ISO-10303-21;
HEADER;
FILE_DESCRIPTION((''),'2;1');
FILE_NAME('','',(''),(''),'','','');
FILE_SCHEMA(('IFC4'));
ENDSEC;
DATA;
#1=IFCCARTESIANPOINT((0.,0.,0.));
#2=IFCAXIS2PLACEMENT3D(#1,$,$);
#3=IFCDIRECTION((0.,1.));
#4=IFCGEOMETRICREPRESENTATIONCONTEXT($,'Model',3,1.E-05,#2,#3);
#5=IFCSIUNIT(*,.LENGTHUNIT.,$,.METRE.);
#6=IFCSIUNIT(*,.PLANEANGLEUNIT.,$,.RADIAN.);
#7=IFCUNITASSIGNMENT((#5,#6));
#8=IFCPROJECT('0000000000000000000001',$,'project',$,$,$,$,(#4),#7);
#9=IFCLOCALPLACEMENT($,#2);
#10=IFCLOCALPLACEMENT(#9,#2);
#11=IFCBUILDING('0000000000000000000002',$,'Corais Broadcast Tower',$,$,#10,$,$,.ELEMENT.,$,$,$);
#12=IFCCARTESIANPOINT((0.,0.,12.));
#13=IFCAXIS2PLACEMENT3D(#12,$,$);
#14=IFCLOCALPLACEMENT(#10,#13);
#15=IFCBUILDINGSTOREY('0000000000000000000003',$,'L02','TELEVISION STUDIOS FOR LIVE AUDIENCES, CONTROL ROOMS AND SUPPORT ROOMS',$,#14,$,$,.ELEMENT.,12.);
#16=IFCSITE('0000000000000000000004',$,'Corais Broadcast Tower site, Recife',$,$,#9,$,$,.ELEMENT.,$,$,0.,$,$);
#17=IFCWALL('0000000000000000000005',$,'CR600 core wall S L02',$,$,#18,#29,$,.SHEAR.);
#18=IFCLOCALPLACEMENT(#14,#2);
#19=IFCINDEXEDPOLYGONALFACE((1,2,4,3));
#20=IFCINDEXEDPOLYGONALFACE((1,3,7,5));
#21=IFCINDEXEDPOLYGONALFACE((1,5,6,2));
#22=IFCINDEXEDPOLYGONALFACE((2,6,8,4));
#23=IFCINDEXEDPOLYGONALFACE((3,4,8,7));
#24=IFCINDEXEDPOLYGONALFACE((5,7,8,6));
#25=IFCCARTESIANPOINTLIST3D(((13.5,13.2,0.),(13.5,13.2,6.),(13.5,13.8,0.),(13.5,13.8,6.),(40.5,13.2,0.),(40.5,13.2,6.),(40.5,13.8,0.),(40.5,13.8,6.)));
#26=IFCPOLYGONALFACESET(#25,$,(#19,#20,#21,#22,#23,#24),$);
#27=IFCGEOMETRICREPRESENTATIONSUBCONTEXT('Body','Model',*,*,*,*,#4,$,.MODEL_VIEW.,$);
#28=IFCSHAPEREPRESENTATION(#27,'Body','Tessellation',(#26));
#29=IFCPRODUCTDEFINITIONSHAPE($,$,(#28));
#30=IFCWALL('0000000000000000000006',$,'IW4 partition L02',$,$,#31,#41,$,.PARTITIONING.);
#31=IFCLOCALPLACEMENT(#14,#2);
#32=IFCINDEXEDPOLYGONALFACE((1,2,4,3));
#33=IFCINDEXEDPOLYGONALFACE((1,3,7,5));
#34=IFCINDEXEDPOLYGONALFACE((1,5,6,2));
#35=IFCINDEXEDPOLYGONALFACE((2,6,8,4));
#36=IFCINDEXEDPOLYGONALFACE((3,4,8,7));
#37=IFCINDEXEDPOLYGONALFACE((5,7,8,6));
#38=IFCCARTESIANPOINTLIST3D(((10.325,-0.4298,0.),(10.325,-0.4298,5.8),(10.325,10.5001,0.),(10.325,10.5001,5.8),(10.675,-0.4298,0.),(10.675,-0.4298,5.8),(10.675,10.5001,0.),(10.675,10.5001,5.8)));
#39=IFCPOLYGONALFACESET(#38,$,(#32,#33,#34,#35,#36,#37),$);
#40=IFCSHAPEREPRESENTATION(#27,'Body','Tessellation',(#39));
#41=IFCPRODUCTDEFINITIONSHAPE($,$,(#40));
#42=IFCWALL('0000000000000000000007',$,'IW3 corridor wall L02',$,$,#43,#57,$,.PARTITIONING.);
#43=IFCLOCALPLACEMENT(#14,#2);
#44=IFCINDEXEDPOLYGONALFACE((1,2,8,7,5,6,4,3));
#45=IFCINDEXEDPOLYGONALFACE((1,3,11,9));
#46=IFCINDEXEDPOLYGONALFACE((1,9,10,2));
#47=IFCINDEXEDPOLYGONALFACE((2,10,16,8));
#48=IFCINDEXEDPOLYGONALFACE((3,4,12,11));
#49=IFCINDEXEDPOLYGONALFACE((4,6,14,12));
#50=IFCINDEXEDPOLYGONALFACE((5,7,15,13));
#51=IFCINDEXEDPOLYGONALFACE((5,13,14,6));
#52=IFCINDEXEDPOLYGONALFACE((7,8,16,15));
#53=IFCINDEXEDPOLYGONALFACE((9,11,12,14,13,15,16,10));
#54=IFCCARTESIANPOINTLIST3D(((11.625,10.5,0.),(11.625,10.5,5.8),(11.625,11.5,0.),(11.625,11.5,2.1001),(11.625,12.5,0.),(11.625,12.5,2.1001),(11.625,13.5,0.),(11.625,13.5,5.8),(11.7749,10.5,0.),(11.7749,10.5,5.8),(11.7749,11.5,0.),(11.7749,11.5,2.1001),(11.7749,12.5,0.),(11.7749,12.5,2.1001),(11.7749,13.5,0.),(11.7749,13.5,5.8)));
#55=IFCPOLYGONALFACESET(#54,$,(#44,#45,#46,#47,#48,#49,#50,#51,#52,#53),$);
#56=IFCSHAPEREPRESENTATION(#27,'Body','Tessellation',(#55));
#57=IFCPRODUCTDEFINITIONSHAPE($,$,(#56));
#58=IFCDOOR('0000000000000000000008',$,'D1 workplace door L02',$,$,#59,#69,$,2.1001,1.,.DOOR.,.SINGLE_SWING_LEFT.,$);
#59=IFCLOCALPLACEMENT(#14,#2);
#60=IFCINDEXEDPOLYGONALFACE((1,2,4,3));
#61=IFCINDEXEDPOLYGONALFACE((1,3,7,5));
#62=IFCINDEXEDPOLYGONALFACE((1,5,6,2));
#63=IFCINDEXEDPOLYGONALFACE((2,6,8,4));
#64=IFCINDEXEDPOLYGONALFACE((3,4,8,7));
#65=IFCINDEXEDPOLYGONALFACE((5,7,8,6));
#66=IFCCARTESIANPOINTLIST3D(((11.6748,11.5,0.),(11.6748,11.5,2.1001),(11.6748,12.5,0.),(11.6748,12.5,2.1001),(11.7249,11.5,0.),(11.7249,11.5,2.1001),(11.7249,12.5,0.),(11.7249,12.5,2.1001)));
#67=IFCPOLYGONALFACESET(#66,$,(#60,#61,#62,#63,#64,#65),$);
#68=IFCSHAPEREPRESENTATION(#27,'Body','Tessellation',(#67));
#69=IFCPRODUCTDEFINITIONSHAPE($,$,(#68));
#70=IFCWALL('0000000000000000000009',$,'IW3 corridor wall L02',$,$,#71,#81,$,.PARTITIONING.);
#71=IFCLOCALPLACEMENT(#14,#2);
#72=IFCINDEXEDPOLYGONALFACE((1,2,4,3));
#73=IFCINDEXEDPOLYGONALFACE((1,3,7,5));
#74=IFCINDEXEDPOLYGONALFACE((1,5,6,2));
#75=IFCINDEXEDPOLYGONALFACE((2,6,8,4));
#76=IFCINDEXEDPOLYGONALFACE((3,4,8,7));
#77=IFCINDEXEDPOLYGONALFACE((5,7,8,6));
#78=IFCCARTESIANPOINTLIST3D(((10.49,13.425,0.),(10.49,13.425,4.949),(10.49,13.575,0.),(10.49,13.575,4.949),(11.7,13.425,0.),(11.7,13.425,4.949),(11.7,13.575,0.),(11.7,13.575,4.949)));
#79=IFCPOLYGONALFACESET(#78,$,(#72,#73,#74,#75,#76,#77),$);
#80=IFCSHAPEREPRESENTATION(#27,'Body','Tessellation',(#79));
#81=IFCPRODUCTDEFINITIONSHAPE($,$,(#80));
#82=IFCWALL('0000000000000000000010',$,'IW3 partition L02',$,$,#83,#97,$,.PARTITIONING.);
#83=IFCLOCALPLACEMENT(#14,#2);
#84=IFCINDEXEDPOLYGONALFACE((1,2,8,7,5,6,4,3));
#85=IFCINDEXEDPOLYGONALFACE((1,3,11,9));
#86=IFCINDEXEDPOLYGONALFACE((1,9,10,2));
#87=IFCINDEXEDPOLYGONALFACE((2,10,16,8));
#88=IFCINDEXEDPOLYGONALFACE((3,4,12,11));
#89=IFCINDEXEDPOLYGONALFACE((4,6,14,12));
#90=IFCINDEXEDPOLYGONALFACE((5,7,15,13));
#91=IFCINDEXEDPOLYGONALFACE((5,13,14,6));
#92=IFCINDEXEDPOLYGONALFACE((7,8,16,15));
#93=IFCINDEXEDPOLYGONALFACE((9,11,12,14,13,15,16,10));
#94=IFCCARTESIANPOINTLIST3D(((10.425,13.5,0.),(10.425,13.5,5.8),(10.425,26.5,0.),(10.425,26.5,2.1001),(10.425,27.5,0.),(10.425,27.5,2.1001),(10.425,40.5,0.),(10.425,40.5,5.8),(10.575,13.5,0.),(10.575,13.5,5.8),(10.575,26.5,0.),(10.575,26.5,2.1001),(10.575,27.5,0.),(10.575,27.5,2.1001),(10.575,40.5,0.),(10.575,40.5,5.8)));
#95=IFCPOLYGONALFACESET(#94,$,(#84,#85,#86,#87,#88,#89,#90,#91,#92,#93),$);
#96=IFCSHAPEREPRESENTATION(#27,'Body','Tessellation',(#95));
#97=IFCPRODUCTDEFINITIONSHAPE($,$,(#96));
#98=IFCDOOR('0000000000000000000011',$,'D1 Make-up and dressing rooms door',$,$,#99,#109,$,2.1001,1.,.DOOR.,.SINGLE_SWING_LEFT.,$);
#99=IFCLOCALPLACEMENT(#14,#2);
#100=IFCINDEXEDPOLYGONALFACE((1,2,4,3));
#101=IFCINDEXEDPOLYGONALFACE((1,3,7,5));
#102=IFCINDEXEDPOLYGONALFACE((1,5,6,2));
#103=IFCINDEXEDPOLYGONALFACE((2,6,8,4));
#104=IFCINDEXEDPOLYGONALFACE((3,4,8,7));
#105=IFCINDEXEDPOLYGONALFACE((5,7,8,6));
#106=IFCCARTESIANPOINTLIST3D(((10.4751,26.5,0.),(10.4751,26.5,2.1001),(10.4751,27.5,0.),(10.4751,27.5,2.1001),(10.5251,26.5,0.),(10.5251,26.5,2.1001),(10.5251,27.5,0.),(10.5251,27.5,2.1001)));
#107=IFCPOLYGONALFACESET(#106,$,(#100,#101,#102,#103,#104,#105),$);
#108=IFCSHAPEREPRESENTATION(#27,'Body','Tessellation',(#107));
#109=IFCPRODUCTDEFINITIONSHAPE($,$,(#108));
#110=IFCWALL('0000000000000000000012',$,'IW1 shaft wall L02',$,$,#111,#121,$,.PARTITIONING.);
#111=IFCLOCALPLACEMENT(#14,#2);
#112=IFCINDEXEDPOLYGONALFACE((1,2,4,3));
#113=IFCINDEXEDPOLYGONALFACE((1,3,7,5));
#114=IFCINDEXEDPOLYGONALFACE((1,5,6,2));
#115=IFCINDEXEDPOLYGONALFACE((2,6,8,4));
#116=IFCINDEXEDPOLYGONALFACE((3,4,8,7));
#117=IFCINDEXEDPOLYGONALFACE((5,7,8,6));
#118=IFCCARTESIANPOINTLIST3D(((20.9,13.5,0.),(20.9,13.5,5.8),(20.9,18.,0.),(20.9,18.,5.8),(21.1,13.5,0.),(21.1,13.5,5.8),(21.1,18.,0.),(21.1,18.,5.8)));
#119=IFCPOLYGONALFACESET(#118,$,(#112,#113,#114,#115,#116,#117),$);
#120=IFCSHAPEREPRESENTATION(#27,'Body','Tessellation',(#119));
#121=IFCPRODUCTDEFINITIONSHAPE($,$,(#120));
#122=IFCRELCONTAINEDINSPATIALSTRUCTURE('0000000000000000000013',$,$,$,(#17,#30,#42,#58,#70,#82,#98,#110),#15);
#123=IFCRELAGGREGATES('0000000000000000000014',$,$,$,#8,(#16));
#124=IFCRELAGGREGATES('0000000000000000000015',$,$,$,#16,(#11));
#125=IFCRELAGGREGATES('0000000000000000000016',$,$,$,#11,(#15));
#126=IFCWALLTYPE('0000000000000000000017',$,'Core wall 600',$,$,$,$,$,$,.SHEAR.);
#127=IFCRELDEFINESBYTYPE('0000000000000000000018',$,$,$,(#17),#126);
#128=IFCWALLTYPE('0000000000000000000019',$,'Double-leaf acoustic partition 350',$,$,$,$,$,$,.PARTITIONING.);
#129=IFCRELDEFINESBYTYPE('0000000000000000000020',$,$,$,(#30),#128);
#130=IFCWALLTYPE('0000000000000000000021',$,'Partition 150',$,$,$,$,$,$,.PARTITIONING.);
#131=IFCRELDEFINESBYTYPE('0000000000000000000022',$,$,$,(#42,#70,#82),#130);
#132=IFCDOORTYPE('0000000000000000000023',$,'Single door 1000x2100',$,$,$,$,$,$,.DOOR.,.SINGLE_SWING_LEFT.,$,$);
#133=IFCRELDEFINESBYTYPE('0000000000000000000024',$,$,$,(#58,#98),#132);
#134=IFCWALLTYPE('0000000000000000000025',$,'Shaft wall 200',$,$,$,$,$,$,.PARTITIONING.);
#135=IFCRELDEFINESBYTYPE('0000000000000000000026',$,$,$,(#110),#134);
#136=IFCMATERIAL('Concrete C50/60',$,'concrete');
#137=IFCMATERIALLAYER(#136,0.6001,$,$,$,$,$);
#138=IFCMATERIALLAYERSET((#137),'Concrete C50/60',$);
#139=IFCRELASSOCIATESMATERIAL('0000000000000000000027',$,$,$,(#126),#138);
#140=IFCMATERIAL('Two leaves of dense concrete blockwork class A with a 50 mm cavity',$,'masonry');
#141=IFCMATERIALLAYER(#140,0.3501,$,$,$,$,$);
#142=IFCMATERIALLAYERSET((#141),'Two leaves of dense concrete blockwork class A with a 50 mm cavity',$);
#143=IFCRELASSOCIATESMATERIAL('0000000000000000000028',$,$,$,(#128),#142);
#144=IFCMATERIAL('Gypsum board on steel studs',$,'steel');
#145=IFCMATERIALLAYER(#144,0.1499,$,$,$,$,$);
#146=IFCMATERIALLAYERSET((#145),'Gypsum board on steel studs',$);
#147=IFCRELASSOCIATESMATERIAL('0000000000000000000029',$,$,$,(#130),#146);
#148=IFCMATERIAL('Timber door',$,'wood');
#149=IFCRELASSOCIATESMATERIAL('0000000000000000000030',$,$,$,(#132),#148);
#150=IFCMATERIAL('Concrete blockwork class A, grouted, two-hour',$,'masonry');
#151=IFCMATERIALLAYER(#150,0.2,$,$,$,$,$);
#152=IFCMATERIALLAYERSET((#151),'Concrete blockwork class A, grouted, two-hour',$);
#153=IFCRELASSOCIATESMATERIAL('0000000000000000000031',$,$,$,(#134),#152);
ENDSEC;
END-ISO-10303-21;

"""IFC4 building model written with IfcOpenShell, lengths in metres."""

from ifc_helpers import new_model, si_unit, direction, frame, frame_2d, origin, place, context, subcontext, project, spatial, rectangle, extrude, material, layer, layer_set, type_object, element, fill, save


model = new_model("IFC4")

# Units and contexts
model_context = context("Model", 3, precision=1e-05, world=origin(), true_north=direction((0.0, 1.0)))
body_context = subcontext(model_context, "Body", "Model", "MODEL_VIEW")
ifc_project = project(units=[si_unit("LENGTHUNIT", "METRE"), si_unit("PLANEANGLEUNIT", "RADIAN")], contexts=[model_context])

# Site, building, storey
site_placement = place(None, origin())
site = spatial("IfcSite", under=ifc_project, at=site_placement, Name="Corais Broadcast Tower site, Recife", CompositionType="ELEMENT", RefElevation=0.0)
building_placement = place(site_placement, origin())
building = spatial("IfcBuilding", under=site, at=building_placement, Name="Corais Broadcast Tower", CompositionType="ELEMENT")
storey_placement = place(building_placement, frame((0.0, 0.0, 12.0)))
storey = spatial("IfcBuildingStorey", under=building, at=storey_placement, Name="L02", Description="TELEVISION STUDIOS FOR LIVE AUDIENCES, CONTROL ROOMS AND SUPPORT ROOMS", CompositionType="ELEMENT", Elevation=12.0)

# Walls
ifc_material_1 = material(Name="Concrete C50/60", Category="concrete")
ifc_layer_1 = layer(ifc_material_1, 0.6001)
ifc_layer_set_1 = layer_set([ifc_layer_1], Name="Concrete C50/60")
wall_type_1 = type_object("IfcWallType", Name="Core wall 600", PredefinedType="SHEAR", material=ifc_layer_set_1)
wall_1_placement = place(storey_placement, frame((13.5, 13.5, 0.0), z_axis=(0.0, 0.0, 1.0), x_axis=(1.0, 0.0, 0.0)))
element("IfcWall", 1, at=wall_1_placement, inside=storey, type_object=wall_type_1, Name="CR600 core wall S L02", PredefinedType="SHEAR", context=body_context, shape_type="SweptSolid", body=[
    extrude(rectangle(XDim=27.0, YDim=0.6001, at=frame_2d((13.5, 0.0))), origin(), (0.0, 0.0, 1.0), 6.0),
])
ifc_material_2 = material(Name="Two leaves of dense concrete blockwork class A with a 50 mm cavity", Category="masonry")
ifc_layer_2 = layer(ifc_material_2, 0.3501)
ifc_layer_set_2 = layer_set([ifc_layer_2], Name="Two leaves of dense concrete blockwork class A with a 50 mm cavity")
wall_type_2 = type_object("IfcWallType", Name="Double-leaf acoustic partition 350", PredefinedType="PARTITIONING", material=ifc_layer_set_2)
wall_2_placement = place(storey_placement, frame((10.5, 10.5, 0.0), z_axis=(0.0, 0.0, 1.0), x_axis=(0.0, -1.0, 0.0)))
element("IfcWall", 2, at=wall_2_placement, inside=storey, type_object=wall_type_2, Name="IW4 partition L02", PredefinedType="PARTITIONING", context=body_context, shape_type="SweptSolid", body=[
    extrude(rectangle(XDim=10.9299, YDim=0.3501, at=frame_2d((5.4648, 0.0))), origin(), (0.0, 0.0, 1.0), 5.8),
])

# Wall, opening, door
ifc_material_3 = material(Name="Gypsum board on steel studs", Category="steel")
ifc_layer_3 = layer(ifc_material_3, 0.1499)
ifc_layer_set_3 = layer_set([ifc_layer_3], Name="Gypsum board on steel studs")
wall_type_3 = type_object("IfcWallType", Name="Partition 150", PredefinedType="PARTITIONING", material=ifc_layer_set_3)
wall_3_placement = place(storey_placement, frame((11.7, 13.5, 0.0), z_axis=(0.0, 0.0, 1.0), x_axis=(0.0, -1.0, 0.0)))
wall_3 = element("IfcWall", 3, at=wall_3_placement, inside=storey, type_object=wall_type_3, Name="IW3 corridor wall L02", PredefinedType="PARTITIONING", context=body_context, shape_type="SweptSolid", body=[
    extrude(rectangle(XDim=3.0, YDim=0.1499, at=frame_2d((1.5, 0.0))), origin(), (0.0, 0.0, 1.0), 5.8),
])
opening_1_placement = place(wall_3_placement, frame((1.0, 0.0, 0.0)))
opening_1 = element("IfcOpeningElement", 4, at=opening_1_placement, cuts=wall_3, PredefinedType="OPENING", context=body_context, shape_type="SweptSolid", body=[
    extrude(rectangle(XDim=1.0, YDim=2.1001, at=frame_2d((0.5, 1.05))), frame((0.0, 0.085, 0.0), z_axis=(0.0, -1.0, 0.0), x_axis=(1.0, 0.0, 0.0)), (0.0, 0.0, 1.0), 0.1699),
])
ifc_material_4 = material(Name="Timber door", Category="wood")
door_type = type_object("IfcDoorType", Name="Single door 1000x2100", OperationType="SINGLE_SWING_LEFT", PredefinedType="DOOR", material=ifc_material_4)
door_1_placement = place(opening_1_placement, origin())
door_1 = element("IfcDoor", 5, at=door_1_placement, inside=storey, type_object=door_type, Name="D1 workplace door L02", OperationType="SINGLE_SWING_LEFT", OverallHeight=2.1001, OverallWidth=1.0, PredefinedType="DOOR", context=body_context, shape_type="SweptSolid", body=[
    extrude(rectangle(XDim=1.0, YDim=2.1001, at=frame_2d((0.5, 1.05))), frame((0.0, 0.0249, 0.0), z_axis=(0.0, -1.0, 0.0), x_axis=(1.0, 0.0, 0.0)), (0.0, 0.0, 1.0), 0.05),
])
fill(opening_1, door_1)

# Wall
wall_4_placement = place(storey_placement, frame((10.49, 13.5, 0.0), z_axis=(0.0, 0.0, 1.0), x_axis=(1.0, 0.0, 0.0)))
element("IfcWall", 6, at=wall_4_placement, inside=storey, type_object=wall_type_3, Name="IW3 corridor wall L02", PredefinedType="PARTITIONING", context=body_context, shape_type="SweptSolid", body=[
    extrude(rectangle(XDim=1.21, YDim=0.1499, at=frame_2d((0.605, 0.0))), origin(), (0.0, 0.0, 1.0), 4.949),
])

# Wall, opening, door
wall_5_placement = place(storey_placement, frame((10.5, 13.5, 0.0), z_axis=(0.0, 0.0, 1.0), x_axis=(0.0, 1.0, 0.0)))
wall_5 = element("IfcWall", 7, at=wall_5_placement, inside=storey, type_object=wall_type_3, Name="IW3 partition L02", PredefinedType="PARTITIONING", context=body_context, shape_type="SweptSolid", body=[
    extrude(rectangle(XDim=27.0, YDim=0.1499, at=frame_2d((13.5, 0.0))), origin(), (0.0, 0.0, 1.0), 5.8),
])
opening_2_placement = place(wall_5_placement, frame((13.0, 0.0, 0.0)))
opening_2 = element("IfcOpeningElement", 8, at=opening_2_placement, cuts=wall_5, PredefinedType="OPENING", context=body_context, shape_type="SweptSolid", body=[
    extrude(rectangle(XDim=1.0, YDim=2.1001, at=frame_2d((0.5, 1.05))), frame((0.0, 0.085, 0.0), z_axis=(0.0, -1.0, 0.0), x_axis=(1.0, 0.0, 0.0)), (0.0, 0.0, 1.0), 0.1699),
])
door_2_placement = place(opening_2_placement, origin())
door_2 = element("IfcDoor", 9, at=door_2_placement, inside=storey, type_object=door_type, Name="D1 Make-up and dressing rooms door", OperationType="SINGLE_SWING_LEFT", OverallHeight=2.1001, OverallWidth=1.0, PredefinedType="DOOR", context=body_context, shape_type="SweptSolid", body=[
    extrude(rectangle(XDim=1.0, YDim=2.1001, at=frame_2d((0.5, 1.05))), frame((0.0, 0.0249, 0.0), z_axis=(0.0, -1.0, 0.0), x_axis=(1.0, 0.0, 0.0)), (0.0, 0.0, 1.0), 0.05),
])
fill(opening_2, door_2)

# Wall
ifc_material_5 = material(Name="Concrete blockwork class A, grouted, two-hour", Category="masonry")
ifc_layer_4 = layer(ifc_material_5, 0.2)
ifc_layer_set_4 = layer_set([ifc_layer_4], Name="Concrete blockwork class A, grouted, two-hour")
wall_type_4 = type_object("IfcWallType", Name="Shaft wall 200", PredefinedType="PARTITIONING", material=ifc_layer_set_4)
wall_6_placement = place(storey_placement, frame((21.0, 13.5, 0.0), z_axis=(0.0, 0.0, 1.0), x_axis=(0.0, 1.0, 0.0)))
element("IfcWall", 10, at=wall_6_placement, inside=storey, type_object=wall_type_4, Name="IW1 shaft wall L02", PredefinedType="PARTITIONING", context=body_context, shape_type="SweptSolid", body=[
    extrude(rectangle(XDim=4.5, YDim=0.2, at=frame_2d((2.25, 0.0))), origin(), (0.0, 0.0, 1.0), 5.8),
])

save(model, "model.ifc")
